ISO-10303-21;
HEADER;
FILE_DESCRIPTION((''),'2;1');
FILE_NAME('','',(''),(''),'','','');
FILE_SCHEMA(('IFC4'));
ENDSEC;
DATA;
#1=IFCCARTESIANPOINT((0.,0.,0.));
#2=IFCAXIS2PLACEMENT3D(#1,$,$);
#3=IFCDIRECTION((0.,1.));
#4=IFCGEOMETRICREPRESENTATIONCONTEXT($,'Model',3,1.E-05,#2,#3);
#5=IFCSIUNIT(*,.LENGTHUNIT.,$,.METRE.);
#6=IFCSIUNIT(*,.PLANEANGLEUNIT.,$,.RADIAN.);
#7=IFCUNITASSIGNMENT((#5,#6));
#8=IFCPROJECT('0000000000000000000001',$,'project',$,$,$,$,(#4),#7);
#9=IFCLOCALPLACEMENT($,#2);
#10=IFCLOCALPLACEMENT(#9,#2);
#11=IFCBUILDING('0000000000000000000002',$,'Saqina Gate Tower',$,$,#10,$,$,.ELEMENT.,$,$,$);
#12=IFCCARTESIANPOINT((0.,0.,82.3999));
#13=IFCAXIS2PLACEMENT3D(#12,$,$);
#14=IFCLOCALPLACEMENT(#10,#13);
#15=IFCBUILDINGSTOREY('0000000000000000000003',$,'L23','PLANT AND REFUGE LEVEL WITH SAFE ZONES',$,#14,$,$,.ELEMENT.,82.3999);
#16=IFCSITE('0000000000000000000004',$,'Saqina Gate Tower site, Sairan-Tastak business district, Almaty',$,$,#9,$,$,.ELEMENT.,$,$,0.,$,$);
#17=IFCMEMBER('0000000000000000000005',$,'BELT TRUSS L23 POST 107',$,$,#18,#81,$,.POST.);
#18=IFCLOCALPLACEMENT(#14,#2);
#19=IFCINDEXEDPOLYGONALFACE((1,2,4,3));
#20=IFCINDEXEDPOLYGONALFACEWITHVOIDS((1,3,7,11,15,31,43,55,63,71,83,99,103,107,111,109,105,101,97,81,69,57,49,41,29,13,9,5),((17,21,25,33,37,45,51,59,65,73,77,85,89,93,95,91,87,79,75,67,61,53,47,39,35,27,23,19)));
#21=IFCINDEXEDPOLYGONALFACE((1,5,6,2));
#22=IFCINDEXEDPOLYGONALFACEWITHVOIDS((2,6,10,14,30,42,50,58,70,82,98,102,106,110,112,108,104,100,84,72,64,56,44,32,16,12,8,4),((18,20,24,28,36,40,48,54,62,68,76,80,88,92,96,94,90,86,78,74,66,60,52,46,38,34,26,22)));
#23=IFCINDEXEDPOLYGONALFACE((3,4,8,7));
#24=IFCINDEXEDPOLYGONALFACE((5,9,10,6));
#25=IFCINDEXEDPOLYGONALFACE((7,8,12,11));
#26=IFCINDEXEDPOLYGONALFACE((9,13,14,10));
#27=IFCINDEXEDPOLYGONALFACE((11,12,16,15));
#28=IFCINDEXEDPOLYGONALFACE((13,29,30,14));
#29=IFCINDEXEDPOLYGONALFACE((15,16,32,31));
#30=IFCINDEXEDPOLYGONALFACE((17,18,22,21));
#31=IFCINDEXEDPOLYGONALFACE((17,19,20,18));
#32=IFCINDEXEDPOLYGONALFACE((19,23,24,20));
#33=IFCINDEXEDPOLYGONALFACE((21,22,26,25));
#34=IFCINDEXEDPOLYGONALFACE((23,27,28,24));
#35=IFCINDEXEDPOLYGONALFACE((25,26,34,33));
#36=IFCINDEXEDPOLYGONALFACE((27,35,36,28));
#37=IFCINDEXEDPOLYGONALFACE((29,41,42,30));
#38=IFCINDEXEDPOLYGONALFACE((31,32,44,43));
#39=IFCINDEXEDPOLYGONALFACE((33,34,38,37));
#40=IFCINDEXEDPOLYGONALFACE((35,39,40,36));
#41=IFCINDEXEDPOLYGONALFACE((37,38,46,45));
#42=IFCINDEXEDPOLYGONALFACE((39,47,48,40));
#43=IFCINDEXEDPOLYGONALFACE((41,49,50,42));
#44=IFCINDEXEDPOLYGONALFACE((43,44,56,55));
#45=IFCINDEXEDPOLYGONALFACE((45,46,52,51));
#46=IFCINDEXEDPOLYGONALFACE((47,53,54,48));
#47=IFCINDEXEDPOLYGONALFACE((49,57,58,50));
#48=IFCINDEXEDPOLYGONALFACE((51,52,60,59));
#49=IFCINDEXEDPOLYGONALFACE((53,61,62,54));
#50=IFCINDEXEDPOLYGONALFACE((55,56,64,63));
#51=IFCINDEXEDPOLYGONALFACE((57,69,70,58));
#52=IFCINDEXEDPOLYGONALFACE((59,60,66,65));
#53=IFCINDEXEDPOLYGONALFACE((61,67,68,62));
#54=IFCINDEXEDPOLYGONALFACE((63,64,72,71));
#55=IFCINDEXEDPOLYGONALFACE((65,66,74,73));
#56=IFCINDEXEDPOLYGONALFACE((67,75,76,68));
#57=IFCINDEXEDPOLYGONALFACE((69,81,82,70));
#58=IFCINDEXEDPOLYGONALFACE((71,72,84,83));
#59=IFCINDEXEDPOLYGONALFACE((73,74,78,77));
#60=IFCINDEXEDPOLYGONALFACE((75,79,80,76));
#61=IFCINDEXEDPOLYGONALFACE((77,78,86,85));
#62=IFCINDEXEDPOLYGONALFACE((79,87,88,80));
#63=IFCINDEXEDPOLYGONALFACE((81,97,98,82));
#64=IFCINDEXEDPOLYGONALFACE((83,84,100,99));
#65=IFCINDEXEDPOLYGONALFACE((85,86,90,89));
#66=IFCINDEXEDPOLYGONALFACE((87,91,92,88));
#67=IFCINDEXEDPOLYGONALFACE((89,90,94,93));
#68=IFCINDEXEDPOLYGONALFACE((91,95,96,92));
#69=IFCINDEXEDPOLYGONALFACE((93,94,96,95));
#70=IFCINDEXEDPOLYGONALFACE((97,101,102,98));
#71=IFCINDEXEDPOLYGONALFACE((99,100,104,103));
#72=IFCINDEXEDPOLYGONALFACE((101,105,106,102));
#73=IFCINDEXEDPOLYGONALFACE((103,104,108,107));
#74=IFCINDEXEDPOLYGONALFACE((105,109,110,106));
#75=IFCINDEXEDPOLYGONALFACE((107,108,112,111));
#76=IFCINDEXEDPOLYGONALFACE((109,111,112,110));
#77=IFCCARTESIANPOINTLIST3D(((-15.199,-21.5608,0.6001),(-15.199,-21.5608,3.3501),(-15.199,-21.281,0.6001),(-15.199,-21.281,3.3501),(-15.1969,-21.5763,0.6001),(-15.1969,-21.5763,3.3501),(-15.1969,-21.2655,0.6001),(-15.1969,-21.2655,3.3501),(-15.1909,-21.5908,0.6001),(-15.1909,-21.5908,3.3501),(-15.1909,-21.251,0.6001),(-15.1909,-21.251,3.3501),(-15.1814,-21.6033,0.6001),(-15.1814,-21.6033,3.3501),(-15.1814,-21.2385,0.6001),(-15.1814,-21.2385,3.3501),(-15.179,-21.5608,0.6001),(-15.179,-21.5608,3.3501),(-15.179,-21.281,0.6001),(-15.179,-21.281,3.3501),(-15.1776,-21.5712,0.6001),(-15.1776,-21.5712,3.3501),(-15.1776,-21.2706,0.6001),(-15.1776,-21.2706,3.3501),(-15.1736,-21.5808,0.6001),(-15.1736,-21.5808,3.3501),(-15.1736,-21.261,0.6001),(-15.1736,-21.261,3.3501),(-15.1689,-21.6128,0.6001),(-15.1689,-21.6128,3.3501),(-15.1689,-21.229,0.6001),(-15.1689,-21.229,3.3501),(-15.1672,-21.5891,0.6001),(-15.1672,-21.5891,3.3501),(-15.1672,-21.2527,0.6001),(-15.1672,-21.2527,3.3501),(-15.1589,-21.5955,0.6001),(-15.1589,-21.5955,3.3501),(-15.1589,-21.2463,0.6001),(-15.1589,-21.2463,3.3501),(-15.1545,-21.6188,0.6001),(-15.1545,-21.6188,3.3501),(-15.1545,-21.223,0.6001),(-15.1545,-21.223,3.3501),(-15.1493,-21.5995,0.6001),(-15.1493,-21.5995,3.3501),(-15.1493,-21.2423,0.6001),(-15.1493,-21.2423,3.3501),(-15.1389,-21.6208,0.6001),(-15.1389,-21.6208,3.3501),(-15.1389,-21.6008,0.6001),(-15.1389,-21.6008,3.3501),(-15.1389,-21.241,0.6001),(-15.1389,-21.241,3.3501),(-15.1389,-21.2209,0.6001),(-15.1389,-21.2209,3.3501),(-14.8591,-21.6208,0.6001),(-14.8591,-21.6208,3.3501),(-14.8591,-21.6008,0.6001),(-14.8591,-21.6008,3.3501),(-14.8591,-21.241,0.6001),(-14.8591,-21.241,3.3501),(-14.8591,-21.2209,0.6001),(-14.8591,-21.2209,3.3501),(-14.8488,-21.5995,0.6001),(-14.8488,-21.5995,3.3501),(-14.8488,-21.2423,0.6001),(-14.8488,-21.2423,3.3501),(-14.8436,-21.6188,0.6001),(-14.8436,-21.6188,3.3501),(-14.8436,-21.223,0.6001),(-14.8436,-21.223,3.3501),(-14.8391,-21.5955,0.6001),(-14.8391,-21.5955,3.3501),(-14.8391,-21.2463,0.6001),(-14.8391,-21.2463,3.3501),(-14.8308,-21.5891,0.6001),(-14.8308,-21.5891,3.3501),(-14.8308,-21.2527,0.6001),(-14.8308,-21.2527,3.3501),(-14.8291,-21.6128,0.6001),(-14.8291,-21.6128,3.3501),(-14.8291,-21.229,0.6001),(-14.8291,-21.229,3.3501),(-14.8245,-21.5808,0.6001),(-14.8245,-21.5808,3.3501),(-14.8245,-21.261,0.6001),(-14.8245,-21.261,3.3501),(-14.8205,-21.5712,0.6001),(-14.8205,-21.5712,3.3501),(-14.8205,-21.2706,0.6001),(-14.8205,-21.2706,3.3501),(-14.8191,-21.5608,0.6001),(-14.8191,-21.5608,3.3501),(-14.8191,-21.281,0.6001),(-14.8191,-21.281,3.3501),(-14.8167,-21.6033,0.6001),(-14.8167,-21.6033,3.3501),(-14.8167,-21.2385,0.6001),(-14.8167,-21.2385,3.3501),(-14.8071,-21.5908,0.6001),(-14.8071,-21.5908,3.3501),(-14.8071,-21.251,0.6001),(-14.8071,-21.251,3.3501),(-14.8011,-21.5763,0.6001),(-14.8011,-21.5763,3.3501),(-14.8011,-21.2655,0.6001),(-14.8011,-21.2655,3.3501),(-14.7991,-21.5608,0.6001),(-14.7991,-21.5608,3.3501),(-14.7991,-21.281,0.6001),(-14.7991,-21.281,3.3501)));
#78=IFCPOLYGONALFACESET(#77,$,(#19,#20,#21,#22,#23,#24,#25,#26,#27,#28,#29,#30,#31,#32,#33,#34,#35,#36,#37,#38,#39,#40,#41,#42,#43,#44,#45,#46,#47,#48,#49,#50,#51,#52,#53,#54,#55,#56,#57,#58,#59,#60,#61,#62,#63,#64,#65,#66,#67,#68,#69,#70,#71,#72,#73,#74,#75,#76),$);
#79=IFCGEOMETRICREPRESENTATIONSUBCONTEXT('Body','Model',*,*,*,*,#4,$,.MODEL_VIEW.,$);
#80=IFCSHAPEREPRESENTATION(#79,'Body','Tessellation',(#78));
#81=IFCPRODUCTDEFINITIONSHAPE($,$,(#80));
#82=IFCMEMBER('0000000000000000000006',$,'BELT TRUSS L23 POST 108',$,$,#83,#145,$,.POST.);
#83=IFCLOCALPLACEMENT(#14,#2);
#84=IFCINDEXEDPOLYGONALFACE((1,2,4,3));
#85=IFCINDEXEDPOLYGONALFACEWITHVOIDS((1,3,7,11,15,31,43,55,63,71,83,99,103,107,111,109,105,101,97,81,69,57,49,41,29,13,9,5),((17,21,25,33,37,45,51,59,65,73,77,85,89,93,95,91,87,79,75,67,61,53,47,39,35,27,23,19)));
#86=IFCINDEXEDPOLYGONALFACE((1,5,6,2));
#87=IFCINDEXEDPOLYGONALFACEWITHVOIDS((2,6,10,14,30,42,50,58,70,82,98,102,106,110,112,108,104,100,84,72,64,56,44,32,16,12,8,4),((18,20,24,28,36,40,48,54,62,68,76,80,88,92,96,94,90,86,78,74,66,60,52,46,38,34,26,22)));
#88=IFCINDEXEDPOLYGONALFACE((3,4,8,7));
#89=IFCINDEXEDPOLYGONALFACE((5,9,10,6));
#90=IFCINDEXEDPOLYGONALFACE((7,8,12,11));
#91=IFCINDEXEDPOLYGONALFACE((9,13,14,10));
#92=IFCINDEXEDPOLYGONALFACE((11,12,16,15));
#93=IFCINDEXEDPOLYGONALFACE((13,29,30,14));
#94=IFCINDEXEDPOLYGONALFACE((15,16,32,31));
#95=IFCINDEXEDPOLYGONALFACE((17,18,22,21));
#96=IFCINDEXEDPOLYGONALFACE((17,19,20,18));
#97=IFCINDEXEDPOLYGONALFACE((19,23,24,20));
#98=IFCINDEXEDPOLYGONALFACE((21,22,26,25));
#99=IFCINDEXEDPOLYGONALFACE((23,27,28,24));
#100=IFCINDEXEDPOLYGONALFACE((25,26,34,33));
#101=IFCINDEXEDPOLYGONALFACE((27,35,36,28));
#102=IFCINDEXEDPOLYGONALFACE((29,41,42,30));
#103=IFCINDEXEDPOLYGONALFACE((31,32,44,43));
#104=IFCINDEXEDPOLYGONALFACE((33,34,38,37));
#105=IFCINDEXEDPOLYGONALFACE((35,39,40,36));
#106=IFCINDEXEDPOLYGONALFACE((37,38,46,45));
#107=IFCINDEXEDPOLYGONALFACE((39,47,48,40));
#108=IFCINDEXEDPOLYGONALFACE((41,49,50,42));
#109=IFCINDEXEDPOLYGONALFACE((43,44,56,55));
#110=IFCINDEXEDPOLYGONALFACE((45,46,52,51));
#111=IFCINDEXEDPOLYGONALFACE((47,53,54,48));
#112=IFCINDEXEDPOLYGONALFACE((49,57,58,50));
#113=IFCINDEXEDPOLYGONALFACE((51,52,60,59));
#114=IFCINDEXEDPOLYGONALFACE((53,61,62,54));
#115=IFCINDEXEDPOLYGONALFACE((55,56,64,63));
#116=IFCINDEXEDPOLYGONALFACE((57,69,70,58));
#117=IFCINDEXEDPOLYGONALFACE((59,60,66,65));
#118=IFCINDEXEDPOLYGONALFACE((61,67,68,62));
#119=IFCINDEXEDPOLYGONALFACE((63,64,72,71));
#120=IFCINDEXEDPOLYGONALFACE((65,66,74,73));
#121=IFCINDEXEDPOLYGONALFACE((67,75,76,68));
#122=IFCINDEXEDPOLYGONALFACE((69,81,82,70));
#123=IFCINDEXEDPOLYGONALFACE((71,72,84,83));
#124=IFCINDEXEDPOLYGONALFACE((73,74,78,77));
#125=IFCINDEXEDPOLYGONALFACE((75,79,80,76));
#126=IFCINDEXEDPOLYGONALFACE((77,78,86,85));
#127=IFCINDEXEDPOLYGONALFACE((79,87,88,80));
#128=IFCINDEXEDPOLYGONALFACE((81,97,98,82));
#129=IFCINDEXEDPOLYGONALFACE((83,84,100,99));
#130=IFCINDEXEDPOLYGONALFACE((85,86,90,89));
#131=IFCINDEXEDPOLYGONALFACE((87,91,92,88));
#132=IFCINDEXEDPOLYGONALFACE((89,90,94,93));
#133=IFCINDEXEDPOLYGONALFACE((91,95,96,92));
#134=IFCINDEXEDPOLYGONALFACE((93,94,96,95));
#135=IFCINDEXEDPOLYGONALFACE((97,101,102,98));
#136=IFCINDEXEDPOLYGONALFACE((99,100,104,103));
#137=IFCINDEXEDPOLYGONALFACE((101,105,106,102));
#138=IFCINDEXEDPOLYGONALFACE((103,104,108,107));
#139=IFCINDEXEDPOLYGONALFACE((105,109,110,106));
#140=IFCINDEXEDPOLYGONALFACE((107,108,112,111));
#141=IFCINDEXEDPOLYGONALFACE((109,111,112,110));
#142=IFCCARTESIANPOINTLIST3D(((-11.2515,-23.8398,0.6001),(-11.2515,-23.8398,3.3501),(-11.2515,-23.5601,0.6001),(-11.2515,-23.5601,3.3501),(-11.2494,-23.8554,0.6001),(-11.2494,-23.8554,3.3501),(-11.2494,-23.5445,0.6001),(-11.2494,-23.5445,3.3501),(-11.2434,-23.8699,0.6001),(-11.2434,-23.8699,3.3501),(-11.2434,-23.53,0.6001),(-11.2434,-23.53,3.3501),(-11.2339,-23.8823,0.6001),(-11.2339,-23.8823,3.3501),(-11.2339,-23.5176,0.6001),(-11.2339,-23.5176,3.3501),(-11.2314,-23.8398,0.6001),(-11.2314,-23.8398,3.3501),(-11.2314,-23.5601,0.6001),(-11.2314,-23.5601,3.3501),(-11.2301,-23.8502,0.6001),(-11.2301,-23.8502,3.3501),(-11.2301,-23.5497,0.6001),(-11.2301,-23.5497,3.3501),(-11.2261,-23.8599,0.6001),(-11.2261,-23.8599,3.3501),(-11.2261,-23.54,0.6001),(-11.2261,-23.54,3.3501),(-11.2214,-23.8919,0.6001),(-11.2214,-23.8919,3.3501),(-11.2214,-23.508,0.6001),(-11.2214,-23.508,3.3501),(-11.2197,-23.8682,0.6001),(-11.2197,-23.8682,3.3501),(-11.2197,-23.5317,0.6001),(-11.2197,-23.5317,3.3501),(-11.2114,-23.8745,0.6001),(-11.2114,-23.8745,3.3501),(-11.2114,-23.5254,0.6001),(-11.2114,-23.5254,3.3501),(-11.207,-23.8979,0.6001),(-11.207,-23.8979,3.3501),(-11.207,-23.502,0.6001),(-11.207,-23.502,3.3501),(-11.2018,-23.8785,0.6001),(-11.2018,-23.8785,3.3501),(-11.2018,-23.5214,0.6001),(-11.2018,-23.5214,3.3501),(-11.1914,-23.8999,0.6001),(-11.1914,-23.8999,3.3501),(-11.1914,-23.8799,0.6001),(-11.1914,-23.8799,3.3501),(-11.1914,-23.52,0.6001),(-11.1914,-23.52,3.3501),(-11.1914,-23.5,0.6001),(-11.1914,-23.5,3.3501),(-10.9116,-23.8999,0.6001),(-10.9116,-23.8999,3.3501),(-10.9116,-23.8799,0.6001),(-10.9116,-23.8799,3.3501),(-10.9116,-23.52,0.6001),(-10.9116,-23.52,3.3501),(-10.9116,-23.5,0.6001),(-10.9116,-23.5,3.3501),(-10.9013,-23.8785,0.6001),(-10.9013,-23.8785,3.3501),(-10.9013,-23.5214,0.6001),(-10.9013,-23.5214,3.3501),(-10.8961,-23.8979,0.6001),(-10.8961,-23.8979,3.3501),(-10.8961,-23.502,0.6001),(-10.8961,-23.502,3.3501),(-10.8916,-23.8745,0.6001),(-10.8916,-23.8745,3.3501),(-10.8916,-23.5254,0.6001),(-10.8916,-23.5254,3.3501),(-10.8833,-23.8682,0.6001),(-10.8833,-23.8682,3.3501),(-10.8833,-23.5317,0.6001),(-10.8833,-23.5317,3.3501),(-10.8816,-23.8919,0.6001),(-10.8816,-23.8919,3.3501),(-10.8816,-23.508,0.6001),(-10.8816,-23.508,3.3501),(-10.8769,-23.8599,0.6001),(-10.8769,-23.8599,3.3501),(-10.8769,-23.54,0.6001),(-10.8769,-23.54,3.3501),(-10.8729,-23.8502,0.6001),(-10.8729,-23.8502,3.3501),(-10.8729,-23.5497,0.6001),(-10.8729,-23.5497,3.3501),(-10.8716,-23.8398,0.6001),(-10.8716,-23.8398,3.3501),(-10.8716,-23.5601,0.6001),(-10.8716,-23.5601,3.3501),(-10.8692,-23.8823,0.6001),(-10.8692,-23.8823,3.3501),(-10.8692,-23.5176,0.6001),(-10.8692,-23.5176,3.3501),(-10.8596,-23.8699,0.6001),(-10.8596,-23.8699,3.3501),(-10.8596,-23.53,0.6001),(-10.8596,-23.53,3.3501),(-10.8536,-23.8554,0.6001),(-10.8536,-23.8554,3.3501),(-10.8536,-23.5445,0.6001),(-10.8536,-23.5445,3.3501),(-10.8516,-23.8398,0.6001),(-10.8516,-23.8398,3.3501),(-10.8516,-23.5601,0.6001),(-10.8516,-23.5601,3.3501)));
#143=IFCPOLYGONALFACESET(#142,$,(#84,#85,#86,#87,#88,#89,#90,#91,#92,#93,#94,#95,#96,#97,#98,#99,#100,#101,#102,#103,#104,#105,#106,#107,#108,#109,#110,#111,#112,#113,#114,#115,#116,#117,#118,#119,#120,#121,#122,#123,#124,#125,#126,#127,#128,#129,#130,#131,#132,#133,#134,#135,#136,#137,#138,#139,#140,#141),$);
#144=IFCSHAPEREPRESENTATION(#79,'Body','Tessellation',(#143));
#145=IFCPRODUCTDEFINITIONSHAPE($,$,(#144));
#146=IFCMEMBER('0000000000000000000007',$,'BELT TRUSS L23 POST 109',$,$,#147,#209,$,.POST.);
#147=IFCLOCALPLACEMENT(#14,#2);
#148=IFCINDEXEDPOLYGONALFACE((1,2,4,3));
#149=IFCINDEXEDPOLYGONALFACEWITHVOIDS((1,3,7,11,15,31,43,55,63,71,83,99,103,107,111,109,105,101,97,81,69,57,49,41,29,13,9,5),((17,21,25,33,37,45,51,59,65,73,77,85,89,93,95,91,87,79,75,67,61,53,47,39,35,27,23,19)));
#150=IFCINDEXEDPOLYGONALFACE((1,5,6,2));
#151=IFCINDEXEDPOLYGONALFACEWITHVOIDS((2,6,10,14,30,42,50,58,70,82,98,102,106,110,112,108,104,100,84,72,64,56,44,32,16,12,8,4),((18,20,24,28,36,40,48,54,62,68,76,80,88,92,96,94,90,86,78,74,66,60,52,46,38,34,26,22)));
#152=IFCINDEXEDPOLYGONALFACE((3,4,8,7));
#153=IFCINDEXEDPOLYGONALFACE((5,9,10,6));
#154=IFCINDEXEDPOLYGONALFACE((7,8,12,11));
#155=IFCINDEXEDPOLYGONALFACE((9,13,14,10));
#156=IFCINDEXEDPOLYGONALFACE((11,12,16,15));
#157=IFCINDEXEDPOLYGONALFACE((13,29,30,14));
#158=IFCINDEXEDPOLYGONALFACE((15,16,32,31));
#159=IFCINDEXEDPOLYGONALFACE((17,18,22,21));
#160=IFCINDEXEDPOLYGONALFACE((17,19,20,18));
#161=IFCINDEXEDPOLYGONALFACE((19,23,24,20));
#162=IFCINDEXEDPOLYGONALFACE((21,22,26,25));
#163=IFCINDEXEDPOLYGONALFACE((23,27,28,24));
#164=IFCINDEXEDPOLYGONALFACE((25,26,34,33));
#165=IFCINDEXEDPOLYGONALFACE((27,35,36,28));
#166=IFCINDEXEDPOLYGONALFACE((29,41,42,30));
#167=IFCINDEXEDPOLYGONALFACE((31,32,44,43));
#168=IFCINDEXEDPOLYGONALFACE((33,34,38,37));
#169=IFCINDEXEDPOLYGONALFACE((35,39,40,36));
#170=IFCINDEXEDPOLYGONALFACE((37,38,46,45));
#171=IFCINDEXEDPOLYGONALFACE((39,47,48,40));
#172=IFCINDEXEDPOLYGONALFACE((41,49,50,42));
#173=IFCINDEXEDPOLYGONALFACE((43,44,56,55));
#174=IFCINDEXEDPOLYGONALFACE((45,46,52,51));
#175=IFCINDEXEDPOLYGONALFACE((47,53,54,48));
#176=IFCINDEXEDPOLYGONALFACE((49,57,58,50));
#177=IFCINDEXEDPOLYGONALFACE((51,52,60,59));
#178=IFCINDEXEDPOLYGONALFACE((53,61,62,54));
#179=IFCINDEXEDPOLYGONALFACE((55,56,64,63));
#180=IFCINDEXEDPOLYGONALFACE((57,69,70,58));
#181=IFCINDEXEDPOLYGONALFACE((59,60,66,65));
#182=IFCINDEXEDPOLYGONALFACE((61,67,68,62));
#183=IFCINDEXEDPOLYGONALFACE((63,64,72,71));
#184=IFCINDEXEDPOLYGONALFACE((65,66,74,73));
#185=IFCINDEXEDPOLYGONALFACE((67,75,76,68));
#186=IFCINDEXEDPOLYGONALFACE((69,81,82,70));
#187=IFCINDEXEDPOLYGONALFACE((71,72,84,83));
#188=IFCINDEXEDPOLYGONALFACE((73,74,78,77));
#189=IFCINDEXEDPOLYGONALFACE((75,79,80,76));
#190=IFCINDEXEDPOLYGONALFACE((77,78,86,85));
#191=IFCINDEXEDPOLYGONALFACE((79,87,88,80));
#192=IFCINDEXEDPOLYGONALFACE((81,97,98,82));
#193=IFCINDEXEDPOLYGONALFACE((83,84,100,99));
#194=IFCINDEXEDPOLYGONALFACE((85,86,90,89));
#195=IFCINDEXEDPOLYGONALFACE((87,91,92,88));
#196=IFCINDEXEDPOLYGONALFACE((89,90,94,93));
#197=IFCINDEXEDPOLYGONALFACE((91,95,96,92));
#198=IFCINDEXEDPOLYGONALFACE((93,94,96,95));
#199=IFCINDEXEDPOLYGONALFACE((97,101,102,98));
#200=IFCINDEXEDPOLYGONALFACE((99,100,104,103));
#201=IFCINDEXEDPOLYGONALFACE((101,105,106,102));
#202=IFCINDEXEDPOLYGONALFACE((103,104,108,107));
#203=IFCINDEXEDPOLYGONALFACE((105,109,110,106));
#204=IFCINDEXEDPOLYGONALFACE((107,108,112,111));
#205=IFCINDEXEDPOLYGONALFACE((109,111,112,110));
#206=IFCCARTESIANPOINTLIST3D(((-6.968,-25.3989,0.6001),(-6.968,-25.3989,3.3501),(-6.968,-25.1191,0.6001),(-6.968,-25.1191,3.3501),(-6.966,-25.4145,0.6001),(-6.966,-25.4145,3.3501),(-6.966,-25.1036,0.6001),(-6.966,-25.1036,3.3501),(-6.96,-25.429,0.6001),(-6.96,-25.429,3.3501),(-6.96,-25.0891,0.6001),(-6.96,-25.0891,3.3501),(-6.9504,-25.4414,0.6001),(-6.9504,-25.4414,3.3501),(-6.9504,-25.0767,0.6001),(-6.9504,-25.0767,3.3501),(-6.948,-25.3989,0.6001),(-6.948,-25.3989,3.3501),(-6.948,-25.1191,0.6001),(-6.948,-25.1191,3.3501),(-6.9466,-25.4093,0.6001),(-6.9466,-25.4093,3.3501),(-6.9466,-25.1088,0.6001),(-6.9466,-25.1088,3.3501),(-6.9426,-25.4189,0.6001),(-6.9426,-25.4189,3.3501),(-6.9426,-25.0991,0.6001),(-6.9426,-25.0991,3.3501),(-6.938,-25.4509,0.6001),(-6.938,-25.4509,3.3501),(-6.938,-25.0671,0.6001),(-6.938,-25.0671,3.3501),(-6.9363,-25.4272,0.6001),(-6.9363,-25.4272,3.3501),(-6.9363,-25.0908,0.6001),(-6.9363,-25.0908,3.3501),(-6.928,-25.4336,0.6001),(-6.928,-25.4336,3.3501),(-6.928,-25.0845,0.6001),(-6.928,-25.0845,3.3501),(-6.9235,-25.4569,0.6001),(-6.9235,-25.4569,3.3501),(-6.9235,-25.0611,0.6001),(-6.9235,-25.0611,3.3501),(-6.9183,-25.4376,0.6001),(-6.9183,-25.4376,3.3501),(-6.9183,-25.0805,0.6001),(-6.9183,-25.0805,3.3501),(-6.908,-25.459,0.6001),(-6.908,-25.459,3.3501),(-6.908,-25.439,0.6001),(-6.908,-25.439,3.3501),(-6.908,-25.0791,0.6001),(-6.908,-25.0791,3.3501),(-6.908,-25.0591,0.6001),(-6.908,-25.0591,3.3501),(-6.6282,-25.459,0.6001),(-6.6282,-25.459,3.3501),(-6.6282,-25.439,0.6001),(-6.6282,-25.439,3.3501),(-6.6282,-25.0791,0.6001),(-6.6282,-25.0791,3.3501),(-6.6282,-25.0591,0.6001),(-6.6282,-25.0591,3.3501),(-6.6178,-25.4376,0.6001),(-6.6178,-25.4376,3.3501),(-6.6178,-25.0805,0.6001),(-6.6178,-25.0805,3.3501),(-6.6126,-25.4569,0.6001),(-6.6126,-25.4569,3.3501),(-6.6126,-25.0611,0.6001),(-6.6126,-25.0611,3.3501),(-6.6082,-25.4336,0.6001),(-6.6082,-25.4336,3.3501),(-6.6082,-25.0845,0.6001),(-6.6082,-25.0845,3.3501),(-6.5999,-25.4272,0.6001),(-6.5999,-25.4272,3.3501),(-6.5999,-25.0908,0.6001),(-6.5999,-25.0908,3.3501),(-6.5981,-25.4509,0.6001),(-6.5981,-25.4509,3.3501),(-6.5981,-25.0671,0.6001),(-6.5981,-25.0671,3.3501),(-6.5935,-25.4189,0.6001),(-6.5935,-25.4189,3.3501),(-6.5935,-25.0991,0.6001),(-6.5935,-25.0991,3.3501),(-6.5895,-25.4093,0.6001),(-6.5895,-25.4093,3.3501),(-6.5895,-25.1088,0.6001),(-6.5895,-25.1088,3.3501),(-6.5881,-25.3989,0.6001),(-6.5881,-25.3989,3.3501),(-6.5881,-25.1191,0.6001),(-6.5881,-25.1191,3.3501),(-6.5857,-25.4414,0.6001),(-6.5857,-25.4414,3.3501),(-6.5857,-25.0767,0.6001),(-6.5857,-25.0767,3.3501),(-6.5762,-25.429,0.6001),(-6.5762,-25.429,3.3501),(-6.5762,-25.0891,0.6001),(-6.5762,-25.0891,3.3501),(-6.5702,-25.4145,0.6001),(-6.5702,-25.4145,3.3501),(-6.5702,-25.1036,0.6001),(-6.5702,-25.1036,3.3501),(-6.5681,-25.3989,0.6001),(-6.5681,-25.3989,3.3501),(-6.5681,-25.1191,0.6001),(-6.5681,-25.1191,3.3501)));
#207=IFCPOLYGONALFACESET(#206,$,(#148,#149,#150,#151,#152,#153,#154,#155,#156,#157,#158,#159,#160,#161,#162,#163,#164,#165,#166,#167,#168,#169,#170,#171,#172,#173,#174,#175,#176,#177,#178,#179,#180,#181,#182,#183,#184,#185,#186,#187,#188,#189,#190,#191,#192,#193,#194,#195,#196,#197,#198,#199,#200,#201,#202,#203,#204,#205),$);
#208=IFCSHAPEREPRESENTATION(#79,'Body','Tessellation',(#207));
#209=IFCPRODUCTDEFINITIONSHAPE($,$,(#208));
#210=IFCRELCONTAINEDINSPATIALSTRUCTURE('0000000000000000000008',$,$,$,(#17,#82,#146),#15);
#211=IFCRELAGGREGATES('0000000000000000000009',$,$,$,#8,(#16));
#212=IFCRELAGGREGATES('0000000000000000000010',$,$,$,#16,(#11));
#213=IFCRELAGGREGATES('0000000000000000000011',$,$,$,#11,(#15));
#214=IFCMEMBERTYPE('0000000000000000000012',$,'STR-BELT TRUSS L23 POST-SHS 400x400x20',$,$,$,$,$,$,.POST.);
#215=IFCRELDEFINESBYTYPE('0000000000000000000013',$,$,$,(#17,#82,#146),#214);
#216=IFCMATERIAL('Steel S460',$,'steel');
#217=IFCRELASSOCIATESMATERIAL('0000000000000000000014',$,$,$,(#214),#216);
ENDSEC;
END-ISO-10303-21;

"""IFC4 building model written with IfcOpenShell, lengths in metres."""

from ifc_helpers import new_model, si_unit, direction, frame, origin, origin_2d, place, context, subcontext, project, spatial, hollow_rectangle, extrude, material, material_profile, profile_set, type_object, element, save


model = new_model("IFC4")

# Units and contexts
model_context = context("Model", 3, precision=1e-05, world=origin(), true_north=direction((0.0, 1.0)))
body_context = subcontext(model_context, "Body", "Model", "MODEL_VIEW")
ifc_project = project(units=[si_unit("LENGTHUNIT", "METRE"), si_unit("PLANEANGLEUNIT", "RADIAN")], contexts=[model_context])

# Site, building, storey
site_placement = place(None, origin())
site = spatial("IfcSite", under=ifc_project, at=site_placement, Name="Saqina Gate Tower site, Sairan-Tastak business district, Almaty", CompositionType="ELEMENT", RefElevation=0.0)
building_placement = place(site_placement, origin())
building = spatial("IfcBuilding", under=site, at=building_placement, Name="Saqina Gate Tower", CompositionType="ELEMENT")
storey_placement = place(building_placement, frame((0.0, 0.0, 82.3999)))
storey = spatial("IfcBuildingStorey", under=building, at=storey_placement, Name="L23", Description="PLANT AND REFUGE LEVEL WITH SAFE ZONES", CompositionType="ELEMENT", Elevation=82.3999)

# Members
ifc_material_1 = material(Name="Steel S460", Category="steel")
ifc_material_profile_1 = material_profile(ifc_material_1, hollow_rectangle(XDim=0.3999, YDim=0.3999, WallThickness=0.02, InnerFilletRadius=0.04, OuterFilletRadius=0.0601, at=origin_2d()), Name="SHS 400x400x20")
ifc_profile_set_1 = profile_set([ifc_material_profile_1], Name="Steel S460")
member_type_1 = type_object("IfcMemberType", Name="STR-BELT TRUSS L23 POST-SHS 400x400x20", PredefinedType="POST", material=ifc_profile_set_1)
for number, where, z_axis, x_axis, name in (
    (1, (-14.999, -21.4209, 0.6001), (0.0, 0.0, 1.0), (1.0, 0.0, 0.0), "BELT TRUSS L23 POST 107"),
    (2, (-11.0515, -23.7, 0.6001), (0.0, 0.0, 1.0), (1.0, 0.0, 0.0), "BELT TRUSS L23 POST 108"),
    (3, (-6.7681, -25.259, 0.6001), (0.0, 0.0, 1.0), (1.0, 0.0, 0.0), "BELT TRUSS L23 POST 109"),
):
    element("IfcMember", number, at=place(storey_placement, frame(where, z_axis=z_axis, x_axis=x_axis)), inside=storey, type_object=member_type_1, Name=name, PredefinedType="POST", context=body_context, shape_type="SweptSolid", body=[
        extrude(hollow_rectangle(XDim=0.3999, YDim=0.3999, WallThickness=0.02, InnerFilletRadius=0.04, OuterFilletRadius=0.0601, at=origin_2d()), origin(), (0.0, 0.0, 1.0), 2.75),
    ])

save(model, "model.ifc")
